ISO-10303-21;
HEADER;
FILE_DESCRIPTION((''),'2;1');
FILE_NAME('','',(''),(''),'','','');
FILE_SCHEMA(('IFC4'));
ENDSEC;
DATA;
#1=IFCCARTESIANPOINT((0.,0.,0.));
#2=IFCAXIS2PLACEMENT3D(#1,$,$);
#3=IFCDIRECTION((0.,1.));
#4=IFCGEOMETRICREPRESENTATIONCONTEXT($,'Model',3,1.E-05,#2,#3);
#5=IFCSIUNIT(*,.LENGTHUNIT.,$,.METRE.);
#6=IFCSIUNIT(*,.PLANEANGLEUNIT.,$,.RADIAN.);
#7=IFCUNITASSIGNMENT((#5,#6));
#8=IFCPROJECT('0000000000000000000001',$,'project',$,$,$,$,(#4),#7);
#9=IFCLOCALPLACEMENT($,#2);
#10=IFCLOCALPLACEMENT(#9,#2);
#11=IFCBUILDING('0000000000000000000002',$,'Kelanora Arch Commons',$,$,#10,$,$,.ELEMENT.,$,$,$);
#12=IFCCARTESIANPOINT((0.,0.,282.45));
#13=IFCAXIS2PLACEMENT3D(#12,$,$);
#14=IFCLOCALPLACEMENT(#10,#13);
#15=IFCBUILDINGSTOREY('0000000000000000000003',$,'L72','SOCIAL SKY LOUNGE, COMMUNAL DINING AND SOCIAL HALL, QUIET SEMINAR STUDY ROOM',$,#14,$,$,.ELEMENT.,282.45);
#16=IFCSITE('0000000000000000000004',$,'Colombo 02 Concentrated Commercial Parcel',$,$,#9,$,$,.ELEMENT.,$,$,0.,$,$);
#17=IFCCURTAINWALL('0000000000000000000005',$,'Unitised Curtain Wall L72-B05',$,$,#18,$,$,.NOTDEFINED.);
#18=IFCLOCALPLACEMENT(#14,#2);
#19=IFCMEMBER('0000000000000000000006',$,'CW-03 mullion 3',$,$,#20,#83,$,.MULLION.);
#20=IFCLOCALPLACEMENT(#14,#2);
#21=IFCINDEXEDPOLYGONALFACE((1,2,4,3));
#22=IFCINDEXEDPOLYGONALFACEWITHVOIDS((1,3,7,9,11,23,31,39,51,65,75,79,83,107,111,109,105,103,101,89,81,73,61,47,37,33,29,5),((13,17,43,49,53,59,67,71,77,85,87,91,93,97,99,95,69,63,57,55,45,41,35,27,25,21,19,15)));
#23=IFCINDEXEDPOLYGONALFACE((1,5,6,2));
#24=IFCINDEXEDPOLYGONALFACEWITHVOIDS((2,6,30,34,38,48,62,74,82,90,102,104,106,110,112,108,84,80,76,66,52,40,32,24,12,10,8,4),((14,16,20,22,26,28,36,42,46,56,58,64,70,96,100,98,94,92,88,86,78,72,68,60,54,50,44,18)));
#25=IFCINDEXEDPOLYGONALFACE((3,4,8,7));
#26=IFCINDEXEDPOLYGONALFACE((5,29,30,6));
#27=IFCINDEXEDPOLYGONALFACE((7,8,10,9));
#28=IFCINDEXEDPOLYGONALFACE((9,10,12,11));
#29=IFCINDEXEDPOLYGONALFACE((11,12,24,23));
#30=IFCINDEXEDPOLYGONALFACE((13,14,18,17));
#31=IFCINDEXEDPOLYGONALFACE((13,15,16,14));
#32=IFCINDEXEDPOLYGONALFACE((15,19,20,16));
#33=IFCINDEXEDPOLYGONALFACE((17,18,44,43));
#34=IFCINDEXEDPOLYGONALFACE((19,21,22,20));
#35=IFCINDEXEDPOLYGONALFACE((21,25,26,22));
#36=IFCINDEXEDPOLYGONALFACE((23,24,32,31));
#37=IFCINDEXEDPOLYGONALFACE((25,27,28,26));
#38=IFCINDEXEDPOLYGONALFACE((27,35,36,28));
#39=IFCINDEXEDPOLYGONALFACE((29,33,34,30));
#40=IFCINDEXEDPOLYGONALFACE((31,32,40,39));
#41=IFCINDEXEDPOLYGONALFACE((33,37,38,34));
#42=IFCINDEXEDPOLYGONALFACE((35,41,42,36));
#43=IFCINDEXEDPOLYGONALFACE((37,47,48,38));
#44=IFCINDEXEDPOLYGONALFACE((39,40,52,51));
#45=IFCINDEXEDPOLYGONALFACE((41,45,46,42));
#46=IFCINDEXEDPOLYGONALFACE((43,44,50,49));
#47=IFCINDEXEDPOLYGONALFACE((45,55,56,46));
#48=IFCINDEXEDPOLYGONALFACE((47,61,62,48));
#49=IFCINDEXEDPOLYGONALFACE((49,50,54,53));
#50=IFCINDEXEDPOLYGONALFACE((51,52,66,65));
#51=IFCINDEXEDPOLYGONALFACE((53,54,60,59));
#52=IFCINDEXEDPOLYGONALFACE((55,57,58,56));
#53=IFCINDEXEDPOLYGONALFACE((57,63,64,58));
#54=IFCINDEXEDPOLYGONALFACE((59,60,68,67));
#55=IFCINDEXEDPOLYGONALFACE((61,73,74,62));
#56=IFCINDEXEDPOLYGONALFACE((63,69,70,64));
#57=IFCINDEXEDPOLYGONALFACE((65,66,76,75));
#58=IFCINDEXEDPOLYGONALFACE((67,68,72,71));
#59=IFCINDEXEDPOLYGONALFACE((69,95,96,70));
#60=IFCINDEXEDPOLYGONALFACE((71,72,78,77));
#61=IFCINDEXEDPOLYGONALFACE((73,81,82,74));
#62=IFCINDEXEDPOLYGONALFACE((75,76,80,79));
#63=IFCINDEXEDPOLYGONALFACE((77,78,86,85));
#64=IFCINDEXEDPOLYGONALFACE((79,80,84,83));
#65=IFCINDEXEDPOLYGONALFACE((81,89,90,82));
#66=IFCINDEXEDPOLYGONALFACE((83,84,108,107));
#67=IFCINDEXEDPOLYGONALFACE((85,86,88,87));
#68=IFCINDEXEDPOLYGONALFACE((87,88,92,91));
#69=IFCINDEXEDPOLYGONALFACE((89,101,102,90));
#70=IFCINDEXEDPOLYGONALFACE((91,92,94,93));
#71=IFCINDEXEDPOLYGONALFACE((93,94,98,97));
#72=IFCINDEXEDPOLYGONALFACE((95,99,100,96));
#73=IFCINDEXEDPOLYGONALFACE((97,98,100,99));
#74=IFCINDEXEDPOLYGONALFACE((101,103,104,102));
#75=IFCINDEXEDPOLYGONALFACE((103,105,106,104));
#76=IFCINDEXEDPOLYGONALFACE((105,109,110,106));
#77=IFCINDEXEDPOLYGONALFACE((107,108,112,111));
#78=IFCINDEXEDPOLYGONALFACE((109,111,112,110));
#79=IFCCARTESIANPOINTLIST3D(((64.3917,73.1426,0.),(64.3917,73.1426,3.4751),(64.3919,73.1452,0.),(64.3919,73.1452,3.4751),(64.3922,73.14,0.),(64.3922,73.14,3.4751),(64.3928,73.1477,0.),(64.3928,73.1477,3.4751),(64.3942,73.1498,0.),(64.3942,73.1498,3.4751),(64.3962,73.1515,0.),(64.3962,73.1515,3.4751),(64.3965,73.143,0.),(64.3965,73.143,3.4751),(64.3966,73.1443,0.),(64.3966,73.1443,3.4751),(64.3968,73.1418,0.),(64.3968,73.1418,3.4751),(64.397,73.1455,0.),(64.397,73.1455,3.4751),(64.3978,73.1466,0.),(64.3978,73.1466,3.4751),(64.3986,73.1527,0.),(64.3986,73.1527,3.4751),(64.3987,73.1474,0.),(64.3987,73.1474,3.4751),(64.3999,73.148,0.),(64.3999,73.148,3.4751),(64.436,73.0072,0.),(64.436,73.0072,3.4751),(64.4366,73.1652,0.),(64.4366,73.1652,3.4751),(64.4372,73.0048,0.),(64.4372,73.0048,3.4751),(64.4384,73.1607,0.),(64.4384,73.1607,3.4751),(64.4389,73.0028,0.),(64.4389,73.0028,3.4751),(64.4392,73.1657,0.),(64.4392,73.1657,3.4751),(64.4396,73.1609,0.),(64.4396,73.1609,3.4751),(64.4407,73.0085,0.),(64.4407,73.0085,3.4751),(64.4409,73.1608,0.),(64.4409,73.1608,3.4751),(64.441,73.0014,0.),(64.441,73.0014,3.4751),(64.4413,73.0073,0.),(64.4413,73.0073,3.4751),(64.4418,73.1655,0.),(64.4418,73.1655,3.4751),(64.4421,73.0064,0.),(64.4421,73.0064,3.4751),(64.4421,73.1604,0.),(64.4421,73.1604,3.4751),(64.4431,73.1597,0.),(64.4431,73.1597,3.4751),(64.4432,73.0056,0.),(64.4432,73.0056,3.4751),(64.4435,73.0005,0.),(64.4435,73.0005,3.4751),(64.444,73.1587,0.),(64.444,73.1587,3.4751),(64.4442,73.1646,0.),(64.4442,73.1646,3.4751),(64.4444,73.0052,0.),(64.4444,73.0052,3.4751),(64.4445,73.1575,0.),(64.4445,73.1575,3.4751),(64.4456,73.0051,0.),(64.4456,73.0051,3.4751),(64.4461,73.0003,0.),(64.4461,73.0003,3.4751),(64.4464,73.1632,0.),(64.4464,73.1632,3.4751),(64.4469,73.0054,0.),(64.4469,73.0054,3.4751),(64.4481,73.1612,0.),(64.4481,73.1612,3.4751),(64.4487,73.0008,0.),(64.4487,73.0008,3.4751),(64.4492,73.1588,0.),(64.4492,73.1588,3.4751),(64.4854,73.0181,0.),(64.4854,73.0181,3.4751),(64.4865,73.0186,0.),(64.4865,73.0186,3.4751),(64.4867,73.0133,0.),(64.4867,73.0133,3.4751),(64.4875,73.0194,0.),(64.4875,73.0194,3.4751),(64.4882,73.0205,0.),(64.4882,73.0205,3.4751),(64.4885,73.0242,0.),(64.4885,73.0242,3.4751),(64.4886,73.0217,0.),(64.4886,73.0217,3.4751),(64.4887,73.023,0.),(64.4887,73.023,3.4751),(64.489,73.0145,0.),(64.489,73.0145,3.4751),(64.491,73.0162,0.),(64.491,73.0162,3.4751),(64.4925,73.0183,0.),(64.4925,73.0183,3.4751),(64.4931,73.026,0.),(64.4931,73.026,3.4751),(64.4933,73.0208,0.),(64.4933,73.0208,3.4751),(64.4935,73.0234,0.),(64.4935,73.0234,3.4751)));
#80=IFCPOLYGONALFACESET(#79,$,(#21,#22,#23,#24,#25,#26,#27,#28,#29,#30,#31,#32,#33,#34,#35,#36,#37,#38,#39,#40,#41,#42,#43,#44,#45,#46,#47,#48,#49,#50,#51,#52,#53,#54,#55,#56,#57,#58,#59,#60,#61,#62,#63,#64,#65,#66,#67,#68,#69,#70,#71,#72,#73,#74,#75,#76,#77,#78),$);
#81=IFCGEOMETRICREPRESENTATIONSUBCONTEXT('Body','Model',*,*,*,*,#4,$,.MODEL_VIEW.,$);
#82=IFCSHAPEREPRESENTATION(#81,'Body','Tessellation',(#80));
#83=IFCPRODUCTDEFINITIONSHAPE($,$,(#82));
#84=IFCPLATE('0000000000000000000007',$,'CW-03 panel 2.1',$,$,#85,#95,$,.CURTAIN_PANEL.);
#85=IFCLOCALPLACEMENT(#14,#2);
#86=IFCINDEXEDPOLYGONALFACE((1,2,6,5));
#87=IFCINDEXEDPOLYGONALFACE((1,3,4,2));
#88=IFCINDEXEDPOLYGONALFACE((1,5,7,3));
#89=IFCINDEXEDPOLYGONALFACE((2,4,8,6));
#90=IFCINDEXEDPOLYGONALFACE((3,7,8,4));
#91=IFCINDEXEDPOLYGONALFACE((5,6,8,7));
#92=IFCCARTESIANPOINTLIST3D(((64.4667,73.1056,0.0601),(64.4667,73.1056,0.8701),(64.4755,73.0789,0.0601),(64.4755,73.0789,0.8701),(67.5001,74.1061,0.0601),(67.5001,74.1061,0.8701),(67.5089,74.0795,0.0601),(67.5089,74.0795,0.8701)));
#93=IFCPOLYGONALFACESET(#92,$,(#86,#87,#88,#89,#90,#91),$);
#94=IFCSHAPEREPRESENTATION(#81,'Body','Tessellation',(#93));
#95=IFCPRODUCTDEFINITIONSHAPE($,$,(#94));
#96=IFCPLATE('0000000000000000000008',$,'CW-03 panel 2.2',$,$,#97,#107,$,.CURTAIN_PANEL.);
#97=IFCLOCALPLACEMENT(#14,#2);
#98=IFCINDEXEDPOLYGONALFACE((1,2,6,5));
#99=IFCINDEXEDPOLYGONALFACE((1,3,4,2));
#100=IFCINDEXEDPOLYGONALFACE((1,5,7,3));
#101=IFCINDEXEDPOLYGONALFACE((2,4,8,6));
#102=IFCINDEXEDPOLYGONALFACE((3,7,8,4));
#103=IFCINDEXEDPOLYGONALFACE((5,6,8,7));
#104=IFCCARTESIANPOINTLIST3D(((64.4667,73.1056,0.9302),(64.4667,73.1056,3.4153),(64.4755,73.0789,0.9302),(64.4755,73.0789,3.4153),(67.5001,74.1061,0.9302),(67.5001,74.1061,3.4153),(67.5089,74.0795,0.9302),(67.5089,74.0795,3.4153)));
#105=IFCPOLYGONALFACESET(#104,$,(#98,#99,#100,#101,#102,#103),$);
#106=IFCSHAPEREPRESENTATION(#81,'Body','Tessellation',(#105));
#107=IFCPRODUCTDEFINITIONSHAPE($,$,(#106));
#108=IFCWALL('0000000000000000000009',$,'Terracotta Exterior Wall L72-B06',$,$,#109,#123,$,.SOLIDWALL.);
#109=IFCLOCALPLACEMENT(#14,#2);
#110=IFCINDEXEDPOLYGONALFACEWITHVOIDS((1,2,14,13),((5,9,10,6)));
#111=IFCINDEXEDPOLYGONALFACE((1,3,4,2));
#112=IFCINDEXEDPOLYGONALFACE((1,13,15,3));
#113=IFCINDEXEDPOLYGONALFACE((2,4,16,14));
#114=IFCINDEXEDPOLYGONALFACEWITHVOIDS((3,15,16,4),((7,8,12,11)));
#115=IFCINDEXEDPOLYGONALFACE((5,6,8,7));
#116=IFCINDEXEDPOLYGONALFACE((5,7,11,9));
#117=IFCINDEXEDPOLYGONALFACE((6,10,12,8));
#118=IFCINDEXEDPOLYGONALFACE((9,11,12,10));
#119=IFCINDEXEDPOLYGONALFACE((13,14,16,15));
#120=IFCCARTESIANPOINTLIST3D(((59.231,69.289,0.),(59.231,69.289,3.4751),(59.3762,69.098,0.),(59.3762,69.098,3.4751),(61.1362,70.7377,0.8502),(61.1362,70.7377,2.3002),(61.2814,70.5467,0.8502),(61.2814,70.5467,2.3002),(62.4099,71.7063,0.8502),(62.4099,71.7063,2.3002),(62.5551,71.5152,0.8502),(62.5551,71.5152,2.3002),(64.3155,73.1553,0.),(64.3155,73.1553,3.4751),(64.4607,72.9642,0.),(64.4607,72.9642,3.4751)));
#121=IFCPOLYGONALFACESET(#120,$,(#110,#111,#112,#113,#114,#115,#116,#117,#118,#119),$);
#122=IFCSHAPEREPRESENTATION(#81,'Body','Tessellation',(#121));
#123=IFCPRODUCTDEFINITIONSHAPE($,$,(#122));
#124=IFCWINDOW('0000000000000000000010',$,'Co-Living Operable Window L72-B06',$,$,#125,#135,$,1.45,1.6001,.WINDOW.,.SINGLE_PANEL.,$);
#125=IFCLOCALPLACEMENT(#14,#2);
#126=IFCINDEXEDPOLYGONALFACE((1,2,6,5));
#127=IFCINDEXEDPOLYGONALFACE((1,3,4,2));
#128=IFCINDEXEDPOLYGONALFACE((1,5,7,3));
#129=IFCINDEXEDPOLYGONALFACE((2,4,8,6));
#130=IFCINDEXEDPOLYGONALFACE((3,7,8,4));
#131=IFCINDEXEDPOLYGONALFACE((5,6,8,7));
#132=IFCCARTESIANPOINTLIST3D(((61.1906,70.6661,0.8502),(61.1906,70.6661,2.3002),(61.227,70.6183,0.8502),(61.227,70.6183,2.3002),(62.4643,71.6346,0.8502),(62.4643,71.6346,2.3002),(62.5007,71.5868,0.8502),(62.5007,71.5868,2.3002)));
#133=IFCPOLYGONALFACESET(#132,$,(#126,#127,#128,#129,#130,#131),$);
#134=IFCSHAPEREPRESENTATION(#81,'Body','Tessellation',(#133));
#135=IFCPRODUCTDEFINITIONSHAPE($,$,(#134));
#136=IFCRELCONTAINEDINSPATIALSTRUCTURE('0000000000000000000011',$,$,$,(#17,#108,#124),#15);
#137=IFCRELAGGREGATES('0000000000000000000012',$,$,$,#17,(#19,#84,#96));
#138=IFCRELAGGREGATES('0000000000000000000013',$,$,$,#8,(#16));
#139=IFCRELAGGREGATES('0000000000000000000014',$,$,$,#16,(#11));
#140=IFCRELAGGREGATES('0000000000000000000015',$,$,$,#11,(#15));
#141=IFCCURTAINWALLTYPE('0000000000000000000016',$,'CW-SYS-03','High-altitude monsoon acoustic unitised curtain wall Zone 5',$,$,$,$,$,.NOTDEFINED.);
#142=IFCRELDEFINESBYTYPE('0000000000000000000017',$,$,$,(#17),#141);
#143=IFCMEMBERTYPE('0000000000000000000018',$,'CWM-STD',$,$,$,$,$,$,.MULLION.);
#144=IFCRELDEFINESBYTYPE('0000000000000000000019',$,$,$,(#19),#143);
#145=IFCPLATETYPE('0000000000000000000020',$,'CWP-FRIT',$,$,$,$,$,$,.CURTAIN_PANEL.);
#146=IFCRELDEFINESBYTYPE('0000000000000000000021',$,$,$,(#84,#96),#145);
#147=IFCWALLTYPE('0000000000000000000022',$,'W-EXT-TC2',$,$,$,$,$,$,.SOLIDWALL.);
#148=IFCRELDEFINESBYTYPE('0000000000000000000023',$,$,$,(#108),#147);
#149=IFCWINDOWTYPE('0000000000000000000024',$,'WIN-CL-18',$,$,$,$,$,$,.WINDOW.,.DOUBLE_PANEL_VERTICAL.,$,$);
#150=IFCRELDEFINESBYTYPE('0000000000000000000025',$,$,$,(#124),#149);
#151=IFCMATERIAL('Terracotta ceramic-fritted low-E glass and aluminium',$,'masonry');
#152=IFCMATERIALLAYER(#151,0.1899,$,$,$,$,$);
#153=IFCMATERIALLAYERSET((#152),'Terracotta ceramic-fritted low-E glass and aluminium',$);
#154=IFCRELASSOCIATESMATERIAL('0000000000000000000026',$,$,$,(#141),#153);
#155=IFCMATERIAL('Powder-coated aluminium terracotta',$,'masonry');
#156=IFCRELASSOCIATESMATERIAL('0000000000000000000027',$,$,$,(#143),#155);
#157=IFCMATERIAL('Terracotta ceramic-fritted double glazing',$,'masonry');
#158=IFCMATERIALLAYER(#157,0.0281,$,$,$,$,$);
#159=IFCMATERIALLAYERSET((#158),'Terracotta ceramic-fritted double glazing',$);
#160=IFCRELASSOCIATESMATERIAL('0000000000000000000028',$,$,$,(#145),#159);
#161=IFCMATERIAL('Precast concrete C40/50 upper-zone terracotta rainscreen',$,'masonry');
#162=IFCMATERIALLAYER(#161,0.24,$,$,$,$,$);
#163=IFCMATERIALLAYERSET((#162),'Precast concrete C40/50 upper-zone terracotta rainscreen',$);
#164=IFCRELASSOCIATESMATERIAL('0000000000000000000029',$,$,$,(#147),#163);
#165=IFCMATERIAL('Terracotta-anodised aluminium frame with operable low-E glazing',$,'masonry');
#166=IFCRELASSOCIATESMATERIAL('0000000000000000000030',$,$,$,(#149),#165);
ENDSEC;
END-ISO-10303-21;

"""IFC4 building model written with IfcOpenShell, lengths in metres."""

from ifc_helpers import new_model, si_unit, direction, frame, frame_2d, origin, origin_2d, place, context, subcontext, project, spatial, rectangle, hollow_rectangle, extrude, source, transform, mapped, material, layer, layer_set, material_profile, profile_set, type_object, element, fill, aggregate, save


model = new_model("IFC4")

# Units and contexts
model_context = context("Model", 3, precision=1e-05, world=origin(), true_north=direction((0.0, 1.0)))
body_context = subcontext(model_context, "Body", "Model", "MODEL_VIEW")
ifc_project = project(units=[si_unit("LENGTHUNIT", "METRE"), si_unit("PLANEANGLEUNIT", "RADIAN")], contexts=[model_context])

# Site, building, storey
site_placement = place(None, origin())
site = spatial("IfcSite", under=ifc_project, at=site_placement, Name="Colombo 02 Concentrated Commercial Parcel", CompositionType="ELEMENT", RefElevation=0.0)
building_placement = place(site_placement, origin())
building = spatial("IfcBuilding", under=site, at=building_placement, Name="Kelanora Arch Commons", CompositionType="ELEMENT")
storey_placement = place(building_placement, frame((0.0, 0.0, 282.45)))
storey = spatial("IfcBuildingStorey", under=building, at=storey_placement, Name="L72", Description="SOCIAL SKY LOUNGE, COMMUNAL DINING AND SOCIAL HALL, QUIET SEMINAR STUDY ROOM", CompositionType="ELEMENT", Elevation=282.45)

# Curtain wall, member, plates
ifc_material_1 = material(Name="Terracotta ceramic-fritted low-E glass and aluminium", Category="masonry")
ifc_layer_1 = layer(ifc_material_1, 0.1899)
ifc_layer_set_1 = layer_set([ifc_layer_1], Name="Terracotta ceramic-fritted low-E glass and aluminium")
curtain_wall_type = type_object("IfcCurtainWallType", Name="CW-SYS-03", Description="High-altitude monsoon acoustic unitised curtain wall Zone 5", PredefinedType="NOTDEFINED", material=ifc_layer_set_1)
curtain_wall_placement = place(storey_placement, origin())
curtain_wall = element("IfcCurtainWall", 1, at=curtain_wall_placement, inside=storey, type_object=curtain_wall_type, Name="Unitised Curtain Wall L72-B05", PredefinedType="NOTDEFINED")
ifc_material_2 = material(Name="Powder-coated aluminium terracotta", Category="masonry")
ifc_material_profile_1 = material_profile(ifc_material_2, hollow_rectangle(XDim=0.1599, YDim=0.0601, WallThickness=0.0049, InnerFilletRadius=0.0049, OuterFilletRadius=0.01, at=origin_2d()), Name="CWM160x60")
ifc_profile_set_1 = profile_set([ifc_material_profile_1], Name="Powder-coated aluminium terracotta")
member_type = type_object("IfcMemberType", Name="CWM-STD", PredefinedType="MULLION", material=ifc_profile_set_1)
member_placement = place(storey_placement, frame((64.4426, 73.083, 0.0), z_axis=(0.0, 0.0, 1.0), x_axis=(0.313253, -0.94967, 0.0)))
member = element("IfcMember", 2, at=member_placement, type_object=member_type, Name="CW-03 mullion 3", PredefinedType="MULLION", context=body_context, shape_type="SweptSolid", body=[
    extrude(hollow_rectangle(XDim=0.1599, YDim=0.0601, WallThickness=0.0049, InnerFilletRadius=0.0049, OuterFilletRadius=0.01, at=origin_2d()), origin(), (0.0, 0.0, 1.0), 3.4751),
])
ifc_material_3 = material(Name="Terracotta ceramic-fritted double glazing", Category="masonry")
ifc_layer_2 = layer(ifc_material_3, 0.0281)
ifc_layer_set_2 = layer_set([ifc_layer_2], Name="Terracotta ceramic-fritted double glazing")
plate_type = type_object("IfcPlateType", Name="CWP-FRIT", PredefinedType="CURTAIN_PANEL", material=ifc_layer_set_2)
shared_shape_1 = source(origin(), body_context, "Body", "SweptSolid", [
    extrude(rectangle(XDim=3.1941, YDim=0.0281, at=origin_2d()), origin(), (0.0, 0.0, 1.0), 0.8101),
])
plate_1_placement = place(storey_placement, frame((65.9878, 73.5925, 0.0601), z_axis=(0.0, 0.0, 1.0), x_axis=(-0.94967, -0.313253, 0.0)))
plate_1 = element("IfcPlate", 3, at=plate_1_placement, type_object=plate_type, Name="CW-03 panel 2.1", PredefinedType="CURTAIN_PANEL", context=body_context, shape_type="MappedRepresentation", body=[
    mapped(shared_shape_1, transform((0.0, 0.0, 0.0), scale=1.0)),
])
shared_shape_2 = source(origin(), body_context, "Body", "SweptSolid", [
    extrude(rectangle(XDim=3.1941, YDim=0.0281, at=origin_2d()), origin(), (0.0, 0.0, 1.0), 2.4851),
])
plate_2_placement = place(storey_placement, frame((65.9878, 73.5925, 0.9302), z_axis=(0.0, 0.0, 1.0), x_axis=(-0.94967, -0.313253, 0.0)))
plate_2 = element("IfcPlate", 4, at=plate_2_placement, type_object=plate_type, Name="CW-03 panel 2.2", PredefinedType="CURTAIN_PANEL", context=body_context, shape_type="MappedRepresentation", body=[
    mapped(shared_shape_2, transform((0.0, 0.0, 0.0), scale=1.0)),
])
aggregate(curtain_wall, [member, plate_1, plate_2])

# Wall, opening, window
ifc_material_4 = material(Name="Precast concrete C40/50 upper-zone terracotta rainscreen", Category="masonry")
ifc_layer_3 = layer(ifc_material_4, 0.24)
ifc_layer_set_3 = layer_set([ifc_layer_3], Name="Precast concrete C40/50 upper-zone terracotta rainscreen")
wall_type_1 = type_object("IfcWallType", Name="W-EXT-TC2", PredefinedType="SOLIDWALL", material=ifc_layer_set_3)
wall_1_placement = place(storey_placement, frame((64.3882, 73.0598, 0.0), z_axis=(0.0, 0.0, 1.0), x_axis=(-0.79601, -0.605283, 0.0)))
wall_1 = element("IfcWall", 5, at=wall_1_placement, inside=storey, type_object=wall_type_1, Name="Terracotta Exterior Wall L72-B06", PredefinedType="SOLIDWALL", context=body_context, shape_type="SweptSolid", body=[
    extrude(rectangle(XDim=6.3875, YDim=0.24, at=frame_2d((3.1938, 0.0))), origin(), (0.0, 0.0, 1.0), 3.4751),
])
opening_1_placement = place(wall_1_placement, frame((2.394, 0.0, 0.8501)))
opening_1 = element("IfcOpeningElement", 6, at=opening_1_placement, cuts=wall_1, PredefinedType="OPENING", context=body_context, shape_type="SweptSolid", body=[
    extrude(rectangle(XDim=1.6001, YDim=1.45, at=frame_2d((0.8, 0.7251))), frame((0.0, 0.1299, 0.0), z_axis=(0.0, -1.0, 0.0), x_axis=(1.0, 0.0, 0.0)), (0.0, 0.0, 1.0), 0.26),
])
ifc_material_5 = material(Name="Terracotta-anodised aluminium frame with operable low-E glazing", Category="masonry")
window_type_1 = type_object("IfcWindowType", Name="WIN-CL-18", PartitioningType="DOUBLE_PANEL_VERTICAL", PredefinedType="WINDOW", material=ifc_material_5)
window_1_placement = place(opening_1_placement, origin())
window_1 = element("IfcWindow", 7, at=window_1_placement, inside=storey, type_object=window_type_1, Name="Co-Living Operable Window L72-B06", OverallHeight=1.45, OverallWidth=1.6001, PartitioningType="SINGLE_PANEL", PredefinedType="WINDOW", context=body_context, shape_type="SweptSolid", body=[
    extrude(rectangle(XDim=1.6001, YDim=1.45, at=frame_2d((0.8, 0.7251))), frame((0.0, 0.03, 0.0), z_axis=(0.0, -1.0, 0.0), x_axis=(1.0, 0.0, 0.0)), (0.0, 0.0, 1.0), 0.0601),
])
fill(opening_1, window_1)

save(model, "model.ifc")
